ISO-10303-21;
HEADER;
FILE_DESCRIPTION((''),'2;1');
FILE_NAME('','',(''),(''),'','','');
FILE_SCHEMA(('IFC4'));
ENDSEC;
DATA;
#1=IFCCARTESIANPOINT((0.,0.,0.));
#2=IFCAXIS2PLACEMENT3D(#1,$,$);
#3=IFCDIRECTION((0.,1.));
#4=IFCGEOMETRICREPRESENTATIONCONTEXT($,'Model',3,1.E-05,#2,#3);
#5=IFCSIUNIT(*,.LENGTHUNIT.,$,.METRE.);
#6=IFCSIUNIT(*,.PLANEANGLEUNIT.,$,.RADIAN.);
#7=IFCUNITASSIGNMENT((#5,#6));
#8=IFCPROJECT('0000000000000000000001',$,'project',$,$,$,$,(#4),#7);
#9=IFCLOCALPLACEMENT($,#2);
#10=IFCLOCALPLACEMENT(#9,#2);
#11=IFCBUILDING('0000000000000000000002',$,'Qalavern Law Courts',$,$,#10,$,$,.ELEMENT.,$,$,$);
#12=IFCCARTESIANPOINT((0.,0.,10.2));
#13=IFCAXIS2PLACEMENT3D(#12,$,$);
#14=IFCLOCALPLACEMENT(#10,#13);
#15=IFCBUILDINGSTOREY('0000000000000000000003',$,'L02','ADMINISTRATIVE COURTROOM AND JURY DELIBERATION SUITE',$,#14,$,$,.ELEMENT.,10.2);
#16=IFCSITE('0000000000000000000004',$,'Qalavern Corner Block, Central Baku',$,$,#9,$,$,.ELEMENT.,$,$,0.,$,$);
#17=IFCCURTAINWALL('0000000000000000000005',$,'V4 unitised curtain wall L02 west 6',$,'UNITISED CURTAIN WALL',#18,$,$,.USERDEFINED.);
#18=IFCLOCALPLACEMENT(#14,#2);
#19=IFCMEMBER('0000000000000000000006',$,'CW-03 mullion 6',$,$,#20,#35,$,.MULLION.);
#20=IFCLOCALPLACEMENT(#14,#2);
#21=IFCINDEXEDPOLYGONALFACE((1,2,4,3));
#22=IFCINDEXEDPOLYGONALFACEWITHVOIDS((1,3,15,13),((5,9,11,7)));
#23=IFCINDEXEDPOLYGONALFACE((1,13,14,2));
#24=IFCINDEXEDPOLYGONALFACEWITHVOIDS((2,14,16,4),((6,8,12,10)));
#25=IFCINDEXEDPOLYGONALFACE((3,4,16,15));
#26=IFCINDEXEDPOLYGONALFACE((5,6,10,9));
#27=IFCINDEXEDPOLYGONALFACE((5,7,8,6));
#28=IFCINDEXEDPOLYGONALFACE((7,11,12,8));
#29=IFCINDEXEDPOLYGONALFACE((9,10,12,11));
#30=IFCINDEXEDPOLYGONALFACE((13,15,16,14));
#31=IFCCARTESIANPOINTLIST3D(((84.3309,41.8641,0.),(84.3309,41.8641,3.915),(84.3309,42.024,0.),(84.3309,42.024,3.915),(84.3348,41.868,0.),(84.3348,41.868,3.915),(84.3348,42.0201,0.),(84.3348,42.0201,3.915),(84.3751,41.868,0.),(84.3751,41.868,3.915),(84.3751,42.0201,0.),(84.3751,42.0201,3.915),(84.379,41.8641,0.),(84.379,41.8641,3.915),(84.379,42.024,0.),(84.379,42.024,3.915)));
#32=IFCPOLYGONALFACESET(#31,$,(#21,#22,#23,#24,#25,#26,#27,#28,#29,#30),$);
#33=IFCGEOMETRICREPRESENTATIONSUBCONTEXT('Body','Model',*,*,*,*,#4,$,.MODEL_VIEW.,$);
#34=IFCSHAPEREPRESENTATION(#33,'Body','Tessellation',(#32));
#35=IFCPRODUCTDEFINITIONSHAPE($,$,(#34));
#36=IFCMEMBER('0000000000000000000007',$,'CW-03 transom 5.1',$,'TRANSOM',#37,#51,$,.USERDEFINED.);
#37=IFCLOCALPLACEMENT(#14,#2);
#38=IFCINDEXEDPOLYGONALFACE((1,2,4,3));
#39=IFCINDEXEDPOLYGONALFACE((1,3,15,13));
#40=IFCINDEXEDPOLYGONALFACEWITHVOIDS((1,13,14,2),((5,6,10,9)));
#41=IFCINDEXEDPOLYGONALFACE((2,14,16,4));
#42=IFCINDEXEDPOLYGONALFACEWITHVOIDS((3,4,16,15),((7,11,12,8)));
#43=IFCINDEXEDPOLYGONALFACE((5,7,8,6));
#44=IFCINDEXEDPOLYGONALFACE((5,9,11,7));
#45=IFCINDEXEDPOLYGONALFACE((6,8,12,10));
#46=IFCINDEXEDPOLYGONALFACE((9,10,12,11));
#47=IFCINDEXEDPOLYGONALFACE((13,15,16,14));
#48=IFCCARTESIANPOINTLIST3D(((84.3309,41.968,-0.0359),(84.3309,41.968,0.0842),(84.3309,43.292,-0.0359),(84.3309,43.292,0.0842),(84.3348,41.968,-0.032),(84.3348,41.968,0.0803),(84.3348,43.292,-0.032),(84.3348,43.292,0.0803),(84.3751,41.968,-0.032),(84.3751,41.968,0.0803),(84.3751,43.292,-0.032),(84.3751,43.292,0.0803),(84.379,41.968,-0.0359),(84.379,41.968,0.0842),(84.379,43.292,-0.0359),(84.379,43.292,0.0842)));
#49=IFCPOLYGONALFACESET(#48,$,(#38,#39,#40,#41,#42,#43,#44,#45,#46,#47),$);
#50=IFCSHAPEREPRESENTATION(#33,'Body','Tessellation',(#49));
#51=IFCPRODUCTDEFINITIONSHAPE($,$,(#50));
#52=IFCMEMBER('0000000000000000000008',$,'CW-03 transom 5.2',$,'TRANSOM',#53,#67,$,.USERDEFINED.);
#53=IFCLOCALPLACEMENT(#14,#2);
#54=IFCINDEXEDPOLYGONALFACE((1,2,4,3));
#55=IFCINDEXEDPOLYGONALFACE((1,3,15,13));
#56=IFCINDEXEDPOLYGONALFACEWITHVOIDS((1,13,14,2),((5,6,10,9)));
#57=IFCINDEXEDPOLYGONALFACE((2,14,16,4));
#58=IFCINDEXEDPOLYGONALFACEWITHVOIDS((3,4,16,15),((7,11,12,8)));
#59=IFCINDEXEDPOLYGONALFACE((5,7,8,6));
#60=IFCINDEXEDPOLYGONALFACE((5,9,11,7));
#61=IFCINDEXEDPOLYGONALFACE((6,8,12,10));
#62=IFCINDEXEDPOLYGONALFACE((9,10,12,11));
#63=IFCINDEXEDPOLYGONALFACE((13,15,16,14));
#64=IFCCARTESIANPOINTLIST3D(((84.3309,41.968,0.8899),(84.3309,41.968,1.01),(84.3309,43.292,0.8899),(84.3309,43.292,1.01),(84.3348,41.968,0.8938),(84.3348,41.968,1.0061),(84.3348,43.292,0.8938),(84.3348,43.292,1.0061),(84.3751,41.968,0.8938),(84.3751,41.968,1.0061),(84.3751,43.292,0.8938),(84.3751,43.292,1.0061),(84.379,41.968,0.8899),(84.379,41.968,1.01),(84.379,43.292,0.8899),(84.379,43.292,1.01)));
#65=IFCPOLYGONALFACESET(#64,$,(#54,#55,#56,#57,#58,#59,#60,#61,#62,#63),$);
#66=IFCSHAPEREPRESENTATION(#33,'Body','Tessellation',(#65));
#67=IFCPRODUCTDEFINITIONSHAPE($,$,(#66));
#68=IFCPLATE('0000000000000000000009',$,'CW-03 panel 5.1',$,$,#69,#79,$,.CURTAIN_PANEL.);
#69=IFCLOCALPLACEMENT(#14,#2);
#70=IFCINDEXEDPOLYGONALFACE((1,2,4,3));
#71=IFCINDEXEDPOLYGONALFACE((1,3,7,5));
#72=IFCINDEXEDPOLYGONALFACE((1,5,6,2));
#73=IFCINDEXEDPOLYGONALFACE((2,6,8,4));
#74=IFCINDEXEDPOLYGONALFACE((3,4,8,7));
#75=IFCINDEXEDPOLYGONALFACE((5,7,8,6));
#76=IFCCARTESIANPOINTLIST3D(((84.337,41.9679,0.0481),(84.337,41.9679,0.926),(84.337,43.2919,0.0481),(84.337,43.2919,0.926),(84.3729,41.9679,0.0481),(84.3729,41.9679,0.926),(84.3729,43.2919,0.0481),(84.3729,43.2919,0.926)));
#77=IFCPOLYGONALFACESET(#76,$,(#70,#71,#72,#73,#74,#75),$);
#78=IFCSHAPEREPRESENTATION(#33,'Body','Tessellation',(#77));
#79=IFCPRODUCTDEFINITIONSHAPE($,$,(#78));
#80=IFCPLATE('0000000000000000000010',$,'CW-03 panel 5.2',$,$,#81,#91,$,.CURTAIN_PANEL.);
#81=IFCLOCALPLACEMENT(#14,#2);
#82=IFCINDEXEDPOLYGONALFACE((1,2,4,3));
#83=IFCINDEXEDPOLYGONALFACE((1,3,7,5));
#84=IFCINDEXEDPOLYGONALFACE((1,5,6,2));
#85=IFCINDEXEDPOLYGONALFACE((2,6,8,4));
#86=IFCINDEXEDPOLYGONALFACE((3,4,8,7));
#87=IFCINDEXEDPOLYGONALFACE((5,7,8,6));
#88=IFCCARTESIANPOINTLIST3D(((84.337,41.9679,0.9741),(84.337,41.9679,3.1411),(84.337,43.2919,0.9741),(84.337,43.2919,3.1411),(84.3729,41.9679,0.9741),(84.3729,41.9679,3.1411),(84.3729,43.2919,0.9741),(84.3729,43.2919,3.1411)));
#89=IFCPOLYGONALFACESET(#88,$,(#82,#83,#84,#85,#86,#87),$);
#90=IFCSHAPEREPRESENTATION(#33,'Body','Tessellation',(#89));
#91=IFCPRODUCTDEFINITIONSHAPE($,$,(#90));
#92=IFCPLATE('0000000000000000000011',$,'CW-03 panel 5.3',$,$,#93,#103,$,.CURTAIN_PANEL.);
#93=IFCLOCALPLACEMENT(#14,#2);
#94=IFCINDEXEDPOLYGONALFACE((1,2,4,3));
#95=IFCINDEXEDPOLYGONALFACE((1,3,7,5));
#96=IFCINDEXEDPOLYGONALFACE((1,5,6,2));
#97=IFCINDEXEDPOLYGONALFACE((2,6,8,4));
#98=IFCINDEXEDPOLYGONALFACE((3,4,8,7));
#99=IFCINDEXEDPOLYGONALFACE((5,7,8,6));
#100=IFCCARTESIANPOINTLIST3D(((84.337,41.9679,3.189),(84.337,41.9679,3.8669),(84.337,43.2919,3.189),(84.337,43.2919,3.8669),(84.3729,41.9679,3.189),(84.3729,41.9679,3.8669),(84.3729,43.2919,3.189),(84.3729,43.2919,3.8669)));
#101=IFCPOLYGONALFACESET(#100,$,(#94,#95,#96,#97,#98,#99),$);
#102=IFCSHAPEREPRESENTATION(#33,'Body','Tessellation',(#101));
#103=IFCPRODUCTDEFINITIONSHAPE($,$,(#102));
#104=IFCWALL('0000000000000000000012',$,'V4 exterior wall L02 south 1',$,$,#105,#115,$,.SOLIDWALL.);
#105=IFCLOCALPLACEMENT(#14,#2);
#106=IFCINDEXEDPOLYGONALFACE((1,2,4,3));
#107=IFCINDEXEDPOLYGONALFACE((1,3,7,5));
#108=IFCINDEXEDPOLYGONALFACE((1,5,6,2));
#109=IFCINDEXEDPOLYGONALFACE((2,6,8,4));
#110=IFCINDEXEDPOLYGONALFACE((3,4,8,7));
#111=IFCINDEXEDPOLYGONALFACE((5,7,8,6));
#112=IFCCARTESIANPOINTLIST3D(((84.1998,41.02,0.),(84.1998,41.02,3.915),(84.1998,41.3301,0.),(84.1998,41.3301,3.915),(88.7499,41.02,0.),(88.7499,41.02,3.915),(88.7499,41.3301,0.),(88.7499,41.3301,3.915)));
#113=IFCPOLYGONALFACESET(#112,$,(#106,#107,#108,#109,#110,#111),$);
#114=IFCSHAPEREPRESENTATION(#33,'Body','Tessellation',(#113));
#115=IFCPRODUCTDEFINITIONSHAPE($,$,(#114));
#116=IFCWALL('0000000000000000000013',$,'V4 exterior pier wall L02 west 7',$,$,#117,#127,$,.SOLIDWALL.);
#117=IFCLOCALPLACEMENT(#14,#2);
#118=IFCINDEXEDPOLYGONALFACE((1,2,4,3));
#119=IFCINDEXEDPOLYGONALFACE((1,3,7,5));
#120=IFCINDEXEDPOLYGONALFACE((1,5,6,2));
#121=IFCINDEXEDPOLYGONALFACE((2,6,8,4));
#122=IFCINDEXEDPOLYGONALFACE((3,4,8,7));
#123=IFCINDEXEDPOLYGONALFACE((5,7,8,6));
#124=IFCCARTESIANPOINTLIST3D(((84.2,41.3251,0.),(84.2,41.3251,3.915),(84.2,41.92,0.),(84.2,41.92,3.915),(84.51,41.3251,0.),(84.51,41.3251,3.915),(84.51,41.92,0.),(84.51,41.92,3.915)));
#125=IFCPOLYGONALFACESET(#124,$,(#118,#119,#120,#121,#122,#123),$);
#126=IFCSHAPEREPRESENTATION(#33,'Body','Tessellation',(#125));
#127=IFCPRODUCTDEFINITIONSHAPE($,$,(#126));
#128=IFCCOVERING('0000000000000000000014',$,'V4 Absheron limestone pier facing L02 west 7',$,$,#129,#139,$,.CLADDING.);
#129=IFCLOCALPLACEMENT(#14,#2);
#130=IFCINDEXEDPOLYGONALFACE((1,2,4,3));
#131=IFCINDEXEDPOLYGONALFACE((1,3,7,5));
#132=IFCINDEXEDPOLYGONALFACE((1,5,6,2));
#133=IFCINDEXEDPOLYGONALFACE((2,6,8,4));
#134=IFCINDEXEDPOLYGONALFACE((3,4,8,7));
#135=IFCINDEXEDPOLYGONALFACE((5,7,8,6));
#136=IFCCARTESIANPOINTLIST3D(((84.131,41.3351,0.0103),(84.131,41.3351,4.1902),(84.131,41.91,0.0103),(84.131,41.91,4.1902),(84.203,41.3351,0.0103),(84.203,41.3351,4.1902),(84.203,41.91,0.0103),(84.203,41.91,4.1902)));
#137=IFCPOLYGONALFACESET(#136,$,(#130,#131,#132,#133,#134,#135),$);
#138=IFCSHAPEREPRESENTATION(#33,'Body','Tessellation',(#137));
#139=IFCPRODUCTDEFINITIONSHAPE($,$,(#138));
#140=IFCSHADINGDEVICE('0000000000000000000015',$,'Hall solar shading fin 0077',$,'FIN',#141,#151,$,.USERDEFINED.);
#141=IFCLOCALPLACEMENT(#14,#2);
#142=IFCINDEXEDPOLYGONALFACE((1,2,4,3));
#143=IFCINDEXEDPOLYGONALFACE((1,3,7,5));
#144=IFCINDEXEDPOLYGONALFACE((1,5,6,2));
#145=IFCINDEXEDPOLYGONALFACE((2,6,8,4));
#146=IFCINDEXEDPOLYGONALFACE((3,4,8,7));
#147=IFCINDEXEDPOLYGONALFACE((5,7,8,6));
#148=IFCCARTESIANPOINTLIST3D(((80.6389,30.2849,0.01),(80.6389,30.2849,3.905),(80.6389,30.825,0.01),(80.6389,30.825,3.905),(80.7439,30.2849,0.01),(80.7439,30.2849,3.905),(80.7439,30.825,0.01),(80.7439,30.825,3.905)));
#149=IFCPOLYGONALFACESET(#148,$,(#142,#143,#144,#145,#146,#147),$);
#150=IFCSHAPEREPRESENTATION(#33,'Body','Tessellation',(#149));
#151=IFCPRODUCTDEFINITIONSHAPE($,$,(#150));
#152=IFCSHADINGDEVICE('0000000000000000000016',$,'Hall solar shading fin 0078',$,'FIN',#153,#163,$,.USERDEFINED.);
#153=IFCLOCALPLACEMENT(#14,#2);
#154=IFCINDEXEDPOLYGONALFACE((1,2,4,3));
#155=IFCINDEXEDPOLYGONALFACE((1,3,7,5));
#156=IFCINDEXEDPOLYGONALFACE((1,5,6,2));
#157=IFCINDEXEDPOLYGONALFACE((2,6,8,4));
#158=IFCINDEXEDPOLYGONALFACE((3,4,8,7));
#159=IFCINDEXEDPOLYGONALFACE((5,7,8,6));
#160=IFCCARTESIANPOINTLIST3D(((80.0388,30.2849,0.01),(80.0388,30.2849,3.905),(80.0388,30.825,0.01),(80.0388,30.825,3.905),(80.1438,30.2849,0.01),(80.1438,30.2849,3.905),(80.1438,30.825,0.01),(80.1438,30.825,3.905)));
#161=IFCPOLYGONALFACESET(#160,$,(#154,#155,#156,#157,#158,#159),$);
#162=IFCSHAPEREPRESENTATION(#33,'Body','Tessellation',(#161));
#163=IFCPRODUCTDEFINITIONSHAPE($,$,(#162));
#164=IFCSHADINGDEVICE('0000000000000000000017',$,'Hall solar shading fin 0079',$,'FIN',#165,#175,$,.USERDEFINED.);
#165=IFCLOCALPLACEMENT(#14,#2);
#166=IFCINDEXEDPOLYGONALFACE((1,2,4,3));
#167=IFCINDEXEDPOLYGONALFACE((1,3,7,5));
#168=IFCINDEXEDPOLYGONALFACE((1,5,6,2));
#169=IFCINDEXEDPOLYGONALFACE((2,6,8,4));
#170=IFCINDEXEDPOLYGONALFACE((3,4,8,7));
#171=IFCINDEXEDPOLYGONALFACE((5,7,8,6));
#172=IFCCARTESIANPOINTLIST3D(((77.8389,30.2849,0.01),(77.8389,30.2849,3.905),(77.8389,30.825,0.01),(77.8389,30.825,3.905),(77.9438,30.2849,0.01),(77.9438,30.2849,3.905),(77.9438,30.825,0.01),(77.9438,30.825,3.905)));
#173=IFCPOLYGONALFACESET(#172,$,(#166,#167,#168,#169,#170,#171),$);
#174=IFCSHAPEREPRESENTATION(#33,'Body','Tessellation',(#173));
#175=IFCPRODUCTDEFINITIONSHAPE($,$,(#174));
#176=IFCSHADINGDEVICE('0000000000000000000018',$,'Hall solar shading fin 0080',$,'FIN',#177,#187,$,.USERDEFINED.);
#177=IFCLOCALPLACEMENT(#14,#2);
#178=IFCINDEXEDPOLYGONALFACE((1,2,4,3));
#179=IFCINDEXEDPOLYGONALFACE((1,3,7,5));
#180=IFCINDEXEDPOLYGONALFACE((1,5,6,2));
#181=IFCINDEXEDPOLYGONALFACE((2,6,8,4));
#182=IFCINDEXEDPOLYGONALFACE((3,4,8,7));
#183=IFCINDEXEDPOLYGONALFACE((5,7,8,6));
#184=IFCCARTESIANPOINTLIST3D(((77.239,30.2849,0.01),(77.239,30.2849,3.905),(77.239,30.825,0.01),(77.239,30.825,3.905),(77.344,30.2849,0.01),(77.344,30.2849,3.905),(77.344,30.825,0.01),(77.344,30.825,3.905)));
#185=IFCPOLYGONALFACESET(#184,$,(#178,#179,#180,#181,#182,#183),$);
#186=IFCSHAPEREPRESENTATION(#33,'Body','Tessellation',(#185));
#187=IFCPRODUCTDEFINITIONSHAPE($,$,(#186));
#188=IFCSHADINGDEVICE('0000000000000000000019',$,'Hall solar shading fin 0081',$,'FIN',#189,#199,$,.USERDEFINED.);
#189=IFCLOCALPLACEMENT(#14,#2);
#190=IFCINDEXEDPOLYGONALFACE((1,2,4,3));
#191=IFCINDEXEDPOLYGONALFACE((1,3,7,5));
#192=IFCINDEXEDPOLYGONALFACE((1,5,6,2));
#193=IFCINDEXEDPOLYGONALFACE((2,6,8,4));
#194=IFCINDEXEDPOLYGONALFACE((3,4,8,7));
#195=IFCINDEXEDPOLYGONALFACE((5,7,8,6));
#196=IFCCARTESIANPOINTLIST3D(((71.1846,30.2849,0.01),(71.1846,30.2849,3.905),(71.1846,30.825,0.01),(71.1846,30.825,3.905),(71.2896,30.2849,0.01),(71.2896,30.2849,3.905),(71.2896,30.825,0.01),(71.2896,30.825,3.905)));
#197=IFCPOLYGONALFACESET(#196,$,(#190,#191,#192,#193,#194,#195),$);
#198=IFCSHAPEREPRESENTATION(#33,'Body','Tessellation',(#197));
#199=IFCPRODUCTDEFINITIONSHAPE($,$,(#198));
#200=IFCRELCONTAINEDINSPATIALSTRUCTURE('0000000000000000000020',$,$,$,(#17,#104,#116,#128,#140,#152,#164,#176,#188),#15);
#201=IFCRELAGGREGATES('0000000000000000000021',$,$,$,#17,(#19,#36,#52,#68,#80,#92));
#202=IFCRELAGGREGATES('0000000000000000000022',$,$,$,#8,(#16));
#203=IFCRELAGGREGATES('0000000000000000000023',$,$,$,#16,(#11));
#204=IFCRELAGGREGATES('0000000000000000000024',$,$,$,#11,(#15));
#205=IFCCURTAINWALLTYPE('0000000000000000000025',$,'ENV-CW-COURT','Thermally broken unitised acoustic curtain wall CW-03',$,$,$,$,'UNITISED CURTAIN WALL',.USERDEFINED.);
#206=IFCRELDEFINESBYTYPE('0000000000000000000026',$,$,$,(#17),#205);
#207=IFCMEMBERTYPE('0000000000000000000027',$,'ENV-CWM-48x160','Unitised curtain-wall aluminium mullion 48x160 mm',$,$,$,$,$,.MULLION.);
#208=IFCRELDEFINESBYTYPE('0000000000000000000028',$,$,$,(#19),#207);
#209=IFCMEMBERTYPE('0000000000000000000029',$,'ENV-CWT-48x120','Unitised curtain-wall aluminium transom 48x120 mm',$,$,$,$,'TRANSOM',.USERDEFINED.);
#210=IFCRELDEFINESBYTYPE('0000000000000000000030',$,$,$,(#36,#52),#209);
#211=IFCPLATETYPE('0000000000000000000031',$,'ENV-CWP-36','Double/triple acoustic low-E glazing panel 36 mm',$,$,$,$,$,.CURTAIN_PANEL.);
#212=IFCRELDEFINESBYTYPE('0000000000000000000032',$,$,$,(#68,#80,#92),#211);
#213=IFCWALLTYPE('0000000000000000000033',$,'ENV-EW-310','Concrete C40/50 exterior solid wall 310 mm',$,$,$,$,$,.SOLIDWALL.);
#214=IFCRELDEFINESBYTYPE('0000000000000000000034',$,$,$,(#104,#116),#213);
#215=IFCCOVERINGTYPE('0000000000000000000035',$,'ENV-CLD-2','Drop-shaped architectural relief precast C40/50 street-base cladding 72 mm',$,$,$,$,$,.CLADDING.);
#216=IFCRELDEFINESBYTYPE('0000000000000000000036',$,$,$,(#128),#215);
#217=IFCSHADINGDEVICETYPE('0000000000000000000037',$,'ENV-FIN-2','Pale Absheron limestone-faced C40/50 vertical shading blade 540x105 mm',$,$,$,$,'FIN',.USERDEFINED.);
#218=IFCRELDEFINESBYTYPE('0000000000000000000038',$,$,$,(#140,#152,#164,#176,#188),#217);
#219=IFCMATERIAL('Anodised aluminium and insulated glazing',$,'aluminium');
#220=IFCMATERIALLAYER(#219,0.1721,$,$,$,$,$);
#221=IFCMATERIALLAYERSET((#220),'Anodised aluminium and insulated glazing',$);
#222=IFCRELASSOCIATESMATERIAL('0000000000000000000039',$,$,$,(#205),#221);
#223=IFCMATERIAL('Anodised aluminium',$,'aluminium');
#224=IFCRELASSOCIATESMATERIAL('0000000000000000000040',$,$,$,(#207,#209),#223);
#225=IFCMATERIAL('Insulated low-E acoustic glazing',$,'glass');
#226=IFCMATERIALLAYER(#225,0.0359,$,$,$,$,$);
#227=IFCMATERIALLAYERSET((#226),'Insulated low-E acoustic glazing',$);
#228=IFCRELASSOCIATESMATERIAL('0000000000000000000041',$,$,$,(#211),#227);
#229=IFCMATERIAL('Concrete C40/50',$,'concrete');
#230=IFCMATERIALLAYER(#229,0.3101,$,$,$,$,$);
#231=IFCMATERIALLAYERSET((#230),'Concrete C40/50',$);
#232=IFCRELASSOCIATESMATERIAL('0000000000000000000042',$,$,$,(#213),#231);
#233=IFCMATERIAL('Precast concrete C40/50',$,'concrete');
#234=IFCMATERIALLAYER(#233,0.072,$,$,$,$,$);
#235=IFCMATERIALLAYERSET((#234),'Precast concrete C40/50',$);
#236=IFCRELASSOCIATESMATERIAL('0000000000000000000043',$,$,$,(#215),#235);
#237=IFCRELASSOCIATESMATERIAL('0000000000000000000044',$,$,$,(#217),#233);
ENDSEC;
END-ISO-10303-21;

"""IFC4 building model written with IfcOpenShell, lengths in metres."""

from ifc_helpers import new_model, si_unit, direction, frame, frame_2d, origin, origin_2d, place, context, subcontext, project, spatial, rectangle, hollow_rectangle, extrude, material, layer, layer_set, material_profile, profile_set, type_object, element, aggregate, save


model = new_model("IFC4")

# Units and contexts
model_context = context("Model", 3, precision=1e-05, world=origin(), true_north=direction((0.0, 1.0)))
body_context = subcontext(model_context, "Body", "Model", "MODEL_VIEW")
ifc_project = project(units=[si_unit("LENGTHUNIT", "METRE"), si_unit("PLANEANGLEUNIT", "RADIAN")], contexts=[model_context])

# Site, building, storey
site_placement = place(None, origin())
site = spatial("IfcSite", under=ifc_project, at=site_placement, Name="Qalavern Corner Block, Central Baku", CompositionType="ELEMENT", RefElevation=0.0)
building_placement = place(site_placement, origin())
building = spatial("IfcBuilding", under=site, at=building_placement, Name="Qalavern Law Courts", CompositionType="ELEMENT")
storey_placement = place(building_placement, frame((0.0, 0.0, 10.2)))
storey = spatial("IfcBuildingStorey", under=building, at=storey_placement, Name="L02", Description="ADMINISTRATIVE COURTROOM AND JURY DELIBERATION SUITE", CompositionType="ELEMENT", Elevation=10.2)

# Curtain wall, members, plates
ifc_material_1 = material(Name="Anodised aluminium and insulated glazing", Category="aluminium")
ifc_layer_1 = layer(ifc_material_1, 0.1721)
ifc_layer_set_1 = layer_set([ifc_layer_1], Name="Anodised aluminium and insulated glazing")
curtain_wall_type = type_object("IfcCurtainWallType", Name="ENV-CW-COURT", Description="Thermally broken unitised acoustic curtain wall CW-03", ElementType="UNITISED CURTAIN WALL", PredefinedType="USERDEFINED", material=ifc_layer_set_1)
curtain_wall_placement = place(storey_placement, origin())
curtain_wall = element("IfcCurtainWall", 1, at=curtain_wall_placement, inside=storey, type_object=curtain_wall_type, Name="V4 unitised curtain wall L02 west 6", ObjectType="UNITISED CURTAIN WALL", PredefinedType="USERDEFINED")
ifc_material_2 = material(Name="Anodised aluminium", Category="aluminium")
ifc_material_profile_1 = material_profile(ifc_material_2, hollow_rectangle(XDim=0.0481, YDim=0.1599, WallThickness=0.0039, at=origin_2d()), Name="ALU MULLION 48x160")
ifc_profile_set_1 = profile_set([ifc_material_profile_1], Name="Anodised aluminium")
member_type_1 = type_object("IfcMemberType", Name="ENV-CWM-48x160", Description="Unitised curtain-wall aluminium mullion 48x160 mm", PredefinedType="MULLION", material=ifc_profile_set_1)
member_1_placement = place(storey_placement, frame((84.355, 41.9441, 0.0), z_axis=(0.0, 0.0, 1.0), x_axis=(1.0, 0.0, 0.0)))
member_1 = element("IfcMember", 2, at=member_1_placement, type_object=member_type_1, Name="CW-03 mullion 6", PredefinedType="MULLION", context=body_context, shape_type="SweptSolid", body=[
    extrude(hollow_rectangle(XDim=0.0481, YDim=0.1599, WallThickness=0.0039, at=origin_2d()), origin(), (0.0, 0.0, 1.0), 3.915),
])
ifc_material_profile_2 = material_profile(ifc_material_2, hollow_rectangle(XDim=0.0481, YDim=0.1201, WallThickness=0.0039, at=origin_2d()), Name="ALU TRANSOM 48x120")
ifc_profile_set_2 = profile_set([ifc_material_profile_2], Name="Anodised aluminium")
member_type_2 = type_object("IfcMemberType", Name="ENV-CWT-48x120", Description="Unitised curtain-wall aluminium transom 48x120 mm", ElementType="TRANSOM", PredefinedType="USERDEFINED", material=ifc_profile_set_2)
member_2_placement = place(storey_placement, frame((84.355, 43.292, 0.0242), z_axis=(0.0, -1.0, 0.0), x_axis=(1.0, 0.0, 0.0)))
member_2 = element("IfcMember", 3, at=member_2_placement, type_object=member_type_2, Name="CW-03 transom 5.1", ObjectType="TRANSOM", PredefinedType="USERDEFINED", context=body_context, shape_type="SweptSolid", body=[
    extrude(hollow_rectangle(XDim=0.0481, YDim=0.1201, WallThickness=0.0039, at=origin_2d()), origin(), (0.0, 0.0, 1.0), 1.324),
])
member_3_placement = place(storey_placement, frame((84.355, 43.292, 0.95), z_axis=(0.0, -1.0, 0.0), x_axis=(1.0, 0.0, 0.0)))
member_3 = element("IfcMember", 4, at=member_3_placement, type_object=member_type_2, Name="CW-03 transom 5.2", ObjectType="TRANSOM", PredefinedType="USERDEFINED", context=body_context, shape_type="SweptSolid", body=[
    extrude(hollow_rectangle(XDim=0.0481, YDim=0.1201, WallThickness=0.0039, at=origin_2d()), origin(), (0.0, 0.0, 1.0), 1.324),
])
ifc_material_3 = material(Name="Insulated low-E acoustic glazing", Category="glass")
ifc_layer_2 = layer(ifc_material_3, 0.0359)
ifc_layer_set_2 = layer_set([ifc_layer_2], Name="Insulated low-E acoustic glazing")
plate_type = type_object("IfcPlateType", Name="ENV-CWP-36", Description="Double/triple acoustic low-E glazing panel 36 mm", PredefinedType="CURTAIN_PANEL", material=ifc_layer_set_2)
plate_1_placement = place(storey_placement, frame((84.355, 42.6299, 0.0481), z_axis=(0.0, 0.0, 1.0), x_axis=(0.0, -1.0, 0.0)))
plate_1 = element("IfcPlate", 5, at=plate_1_placement, type_object=plate_type, Name="CW-03 panel 5.1", PredefinedType="CURTAIN_PANEL", context=body_context, shape_type="SweptSolid", body=[
    extrude(rectangle(XDim=1.324, YDim=0.0359, at=origin_2d()), origin(), (0.0, 0.0, 1.0), 0.8779),
])
plate_2_placement = place(storey_placement, frame((84.355, 42.6299, 0.9741), z_axis=(0.0, 0.0, 1.0), x_axis=(0.0, -1.0, 0.0)))
plate_2 = element("IfcPlate", 6, at=plate_2_placement, type_object=plate_type, Name="CW-03 panel 5.2", PredefinedType="CURTAIN_PANEL", context=body_context, shape_type="SweptSolid", body=[
    extrude(rectangle(XDim=1.324, YDim=0.0359, at=origin_2d()), origin(), (0.0, 0.0, 1.0), 2.167),
])
plate_3_placement = place(storey_placement, frame((84.355, 42.6299, 3.189), z_axis=(0.0, 0.0, 1.0), x_axis=(0.0, -1.0, 0.0)))
plate_3 = element("IfcPlate", 7, at=plate_3_placement, type_object=plate_type, Name="CW-03 panel 5.3", PredefinedType="CURTAIN_PANEL", context=body_context, shape_type="SweptSolid", body=[
    extrude(rectangle(XDim=1.324, YDim=0.0359, at=origin_2d()), origin(), (0.0, 0.0, 1.0), 0.678),
])
aggregate(curtain_wall, [member_1, member_2, member_3, plate_1, plate_2, plate_3])

# Walls
ifc_material_4 = material(Name="Concrete C40/50", Category="concrete")
ifc_layer_3 = layer(ifc_material_4, 0.3101)
ifc_layer_set_3 = layer_set([ifc_layer_3], Name="Concrete C40/50")
wall_type = type_object("IfcWallType", Name="ENV-EW-310", Description="Concrete C40/50 exterior solid wall 310 mm", PredefinedType="SOLIDWALL", material=ifc_layer_set_3)
wall_1_placement = place(storey_placement, frame((84.2, 41.175, 0.0), z_axis=(0.0, 0.0, 1.0), x_axis=(1.0, 0.0, 0.0)))
element("IfcWall", 8, at=wall_1_placement, inside=storey, type_object=wall_type, Name="V4 exterior wall L02 south 1", PredefinedType="SOLIDWALL", context=body_context, shape_type="SweptSolid", body=[
    extrude(rectangle(XDim=4.55, YDim=0.3101, at=frame_2d((2.2749, 0.0))), origin(), (0.0, 0.0, 1.0), 3.915),
])
wall_2_placement = place(storey_placement, frame((84.355, 41.9199, 0.0), z_axis=(0.0, 0.0, 1.0), x_axis=(0.0, -1.0, 0.0)))
element("IfcWall", 9, at=wall_2_placement, inside=storey, type_object=wall_type, Name="V4 exterior pier wall L02 west 7", PredefinedType="SOLIDWALL", context=body_context, shape_type="SweptSolid", body=[
    extrude(rectangle(XDim=0.595, YDim=0.3101, at=frame_2d((0.2974, 0.0))), origin(), (0.0, 0.0, 1.0), 3.915),
])

# Covering
ifc_material_5 = material(Name="Precast concrete C40/50", Category="concrete")
ifc_layer_4 = layer(ifc_material_5, 0.072)
ifc_layer_set_4 = layer_set([ifc_layer_4], Name="Precast concrete C40/50")
covering_type = type_object("IfcCoveringType", Name="ENV-CLD-2", Description="Drop-shaped architectural relief precast C40/50 street-base cladding 72 mm", PredefinedType="CLADDING", material=ifc_layer_set_4)
covering_placement = place(storey_placement, frame((84.167, 41.6226, 0.0103), z_axis=(0.0, 0.0, 1.0), x_axis=(0.0, -1.0, 0.0)))
element("IfcCovering", 10, at=covering_placement, inside=storey, type_object=covering_type, Name="V4 Absheron limestone pier facing L02 west 7", PredefinedType="CLADDING", context=body_context, shape_type="SweptSolid", body=[
    extrude(rectangle(XDim=0.575, YDim=0.072, at=origin_2d()), origin(), (0.0, 0.0, 1.0), 4.1799),
])

# Shading devices
shading_device_type_1 = type_object("IfcShadingDeviceType", Name="ENV-FIN-2", Description="Pale Absheron limestone-faced C40/50 vertical shading blade 540x105 mm", ElementType="FIN", PredefinedType="USERDEFINED", material=ifc_material_5)
for number, where, z_axis, x_axis, name in (
    (11, (80.6914, 30.5549, 0.01), (0.0, 0.0, 1.0), (0.0, 1.0, 0.0), "Hall solar shading fin 0077"),
    (12, (80.0913, 30.5549, 0.01), (0.0, 0.0, 1.0), (0.0, 1.0, 0.0), "Hall solar shading fin 0078"),
    (13, (77.8914, 30.5549, 0.01), (0.0, 0.0, 1.0), (0.0, 1.0, 0.0), "Hall solar shading fin 0079"),
    (14, (77.2915, 30.5549, 0.01), (0.0, 0.0, 1.0), (0.0, 1.0, 0.0), "Hall solar shading fin 0080"),
    (15, (71.2371, 30.5549, 0.01), (0.0, 0.0, 1.0), (0.0, 1.0, 0.0), "Hall solar shading fin 0081"),
):
    element("IfcShadingDevice", number, at=place(storey_placement, frame(where, z_axis=z_axis, x_axis=x_axis)), inside=storey, type_object=shading_device_type_1, Name=name, ObjectType="FIN", PredefinedType="USERDEFINED", context=body_context, shape_type="SweptSolid", body=[
        extrude(rectangle(XDim=0.54, YDim=0.105, at=origin_2d()), origin(), (0.0, 0.0, 1.0), 3.895),
    ])

save(model, "model.ifc")
